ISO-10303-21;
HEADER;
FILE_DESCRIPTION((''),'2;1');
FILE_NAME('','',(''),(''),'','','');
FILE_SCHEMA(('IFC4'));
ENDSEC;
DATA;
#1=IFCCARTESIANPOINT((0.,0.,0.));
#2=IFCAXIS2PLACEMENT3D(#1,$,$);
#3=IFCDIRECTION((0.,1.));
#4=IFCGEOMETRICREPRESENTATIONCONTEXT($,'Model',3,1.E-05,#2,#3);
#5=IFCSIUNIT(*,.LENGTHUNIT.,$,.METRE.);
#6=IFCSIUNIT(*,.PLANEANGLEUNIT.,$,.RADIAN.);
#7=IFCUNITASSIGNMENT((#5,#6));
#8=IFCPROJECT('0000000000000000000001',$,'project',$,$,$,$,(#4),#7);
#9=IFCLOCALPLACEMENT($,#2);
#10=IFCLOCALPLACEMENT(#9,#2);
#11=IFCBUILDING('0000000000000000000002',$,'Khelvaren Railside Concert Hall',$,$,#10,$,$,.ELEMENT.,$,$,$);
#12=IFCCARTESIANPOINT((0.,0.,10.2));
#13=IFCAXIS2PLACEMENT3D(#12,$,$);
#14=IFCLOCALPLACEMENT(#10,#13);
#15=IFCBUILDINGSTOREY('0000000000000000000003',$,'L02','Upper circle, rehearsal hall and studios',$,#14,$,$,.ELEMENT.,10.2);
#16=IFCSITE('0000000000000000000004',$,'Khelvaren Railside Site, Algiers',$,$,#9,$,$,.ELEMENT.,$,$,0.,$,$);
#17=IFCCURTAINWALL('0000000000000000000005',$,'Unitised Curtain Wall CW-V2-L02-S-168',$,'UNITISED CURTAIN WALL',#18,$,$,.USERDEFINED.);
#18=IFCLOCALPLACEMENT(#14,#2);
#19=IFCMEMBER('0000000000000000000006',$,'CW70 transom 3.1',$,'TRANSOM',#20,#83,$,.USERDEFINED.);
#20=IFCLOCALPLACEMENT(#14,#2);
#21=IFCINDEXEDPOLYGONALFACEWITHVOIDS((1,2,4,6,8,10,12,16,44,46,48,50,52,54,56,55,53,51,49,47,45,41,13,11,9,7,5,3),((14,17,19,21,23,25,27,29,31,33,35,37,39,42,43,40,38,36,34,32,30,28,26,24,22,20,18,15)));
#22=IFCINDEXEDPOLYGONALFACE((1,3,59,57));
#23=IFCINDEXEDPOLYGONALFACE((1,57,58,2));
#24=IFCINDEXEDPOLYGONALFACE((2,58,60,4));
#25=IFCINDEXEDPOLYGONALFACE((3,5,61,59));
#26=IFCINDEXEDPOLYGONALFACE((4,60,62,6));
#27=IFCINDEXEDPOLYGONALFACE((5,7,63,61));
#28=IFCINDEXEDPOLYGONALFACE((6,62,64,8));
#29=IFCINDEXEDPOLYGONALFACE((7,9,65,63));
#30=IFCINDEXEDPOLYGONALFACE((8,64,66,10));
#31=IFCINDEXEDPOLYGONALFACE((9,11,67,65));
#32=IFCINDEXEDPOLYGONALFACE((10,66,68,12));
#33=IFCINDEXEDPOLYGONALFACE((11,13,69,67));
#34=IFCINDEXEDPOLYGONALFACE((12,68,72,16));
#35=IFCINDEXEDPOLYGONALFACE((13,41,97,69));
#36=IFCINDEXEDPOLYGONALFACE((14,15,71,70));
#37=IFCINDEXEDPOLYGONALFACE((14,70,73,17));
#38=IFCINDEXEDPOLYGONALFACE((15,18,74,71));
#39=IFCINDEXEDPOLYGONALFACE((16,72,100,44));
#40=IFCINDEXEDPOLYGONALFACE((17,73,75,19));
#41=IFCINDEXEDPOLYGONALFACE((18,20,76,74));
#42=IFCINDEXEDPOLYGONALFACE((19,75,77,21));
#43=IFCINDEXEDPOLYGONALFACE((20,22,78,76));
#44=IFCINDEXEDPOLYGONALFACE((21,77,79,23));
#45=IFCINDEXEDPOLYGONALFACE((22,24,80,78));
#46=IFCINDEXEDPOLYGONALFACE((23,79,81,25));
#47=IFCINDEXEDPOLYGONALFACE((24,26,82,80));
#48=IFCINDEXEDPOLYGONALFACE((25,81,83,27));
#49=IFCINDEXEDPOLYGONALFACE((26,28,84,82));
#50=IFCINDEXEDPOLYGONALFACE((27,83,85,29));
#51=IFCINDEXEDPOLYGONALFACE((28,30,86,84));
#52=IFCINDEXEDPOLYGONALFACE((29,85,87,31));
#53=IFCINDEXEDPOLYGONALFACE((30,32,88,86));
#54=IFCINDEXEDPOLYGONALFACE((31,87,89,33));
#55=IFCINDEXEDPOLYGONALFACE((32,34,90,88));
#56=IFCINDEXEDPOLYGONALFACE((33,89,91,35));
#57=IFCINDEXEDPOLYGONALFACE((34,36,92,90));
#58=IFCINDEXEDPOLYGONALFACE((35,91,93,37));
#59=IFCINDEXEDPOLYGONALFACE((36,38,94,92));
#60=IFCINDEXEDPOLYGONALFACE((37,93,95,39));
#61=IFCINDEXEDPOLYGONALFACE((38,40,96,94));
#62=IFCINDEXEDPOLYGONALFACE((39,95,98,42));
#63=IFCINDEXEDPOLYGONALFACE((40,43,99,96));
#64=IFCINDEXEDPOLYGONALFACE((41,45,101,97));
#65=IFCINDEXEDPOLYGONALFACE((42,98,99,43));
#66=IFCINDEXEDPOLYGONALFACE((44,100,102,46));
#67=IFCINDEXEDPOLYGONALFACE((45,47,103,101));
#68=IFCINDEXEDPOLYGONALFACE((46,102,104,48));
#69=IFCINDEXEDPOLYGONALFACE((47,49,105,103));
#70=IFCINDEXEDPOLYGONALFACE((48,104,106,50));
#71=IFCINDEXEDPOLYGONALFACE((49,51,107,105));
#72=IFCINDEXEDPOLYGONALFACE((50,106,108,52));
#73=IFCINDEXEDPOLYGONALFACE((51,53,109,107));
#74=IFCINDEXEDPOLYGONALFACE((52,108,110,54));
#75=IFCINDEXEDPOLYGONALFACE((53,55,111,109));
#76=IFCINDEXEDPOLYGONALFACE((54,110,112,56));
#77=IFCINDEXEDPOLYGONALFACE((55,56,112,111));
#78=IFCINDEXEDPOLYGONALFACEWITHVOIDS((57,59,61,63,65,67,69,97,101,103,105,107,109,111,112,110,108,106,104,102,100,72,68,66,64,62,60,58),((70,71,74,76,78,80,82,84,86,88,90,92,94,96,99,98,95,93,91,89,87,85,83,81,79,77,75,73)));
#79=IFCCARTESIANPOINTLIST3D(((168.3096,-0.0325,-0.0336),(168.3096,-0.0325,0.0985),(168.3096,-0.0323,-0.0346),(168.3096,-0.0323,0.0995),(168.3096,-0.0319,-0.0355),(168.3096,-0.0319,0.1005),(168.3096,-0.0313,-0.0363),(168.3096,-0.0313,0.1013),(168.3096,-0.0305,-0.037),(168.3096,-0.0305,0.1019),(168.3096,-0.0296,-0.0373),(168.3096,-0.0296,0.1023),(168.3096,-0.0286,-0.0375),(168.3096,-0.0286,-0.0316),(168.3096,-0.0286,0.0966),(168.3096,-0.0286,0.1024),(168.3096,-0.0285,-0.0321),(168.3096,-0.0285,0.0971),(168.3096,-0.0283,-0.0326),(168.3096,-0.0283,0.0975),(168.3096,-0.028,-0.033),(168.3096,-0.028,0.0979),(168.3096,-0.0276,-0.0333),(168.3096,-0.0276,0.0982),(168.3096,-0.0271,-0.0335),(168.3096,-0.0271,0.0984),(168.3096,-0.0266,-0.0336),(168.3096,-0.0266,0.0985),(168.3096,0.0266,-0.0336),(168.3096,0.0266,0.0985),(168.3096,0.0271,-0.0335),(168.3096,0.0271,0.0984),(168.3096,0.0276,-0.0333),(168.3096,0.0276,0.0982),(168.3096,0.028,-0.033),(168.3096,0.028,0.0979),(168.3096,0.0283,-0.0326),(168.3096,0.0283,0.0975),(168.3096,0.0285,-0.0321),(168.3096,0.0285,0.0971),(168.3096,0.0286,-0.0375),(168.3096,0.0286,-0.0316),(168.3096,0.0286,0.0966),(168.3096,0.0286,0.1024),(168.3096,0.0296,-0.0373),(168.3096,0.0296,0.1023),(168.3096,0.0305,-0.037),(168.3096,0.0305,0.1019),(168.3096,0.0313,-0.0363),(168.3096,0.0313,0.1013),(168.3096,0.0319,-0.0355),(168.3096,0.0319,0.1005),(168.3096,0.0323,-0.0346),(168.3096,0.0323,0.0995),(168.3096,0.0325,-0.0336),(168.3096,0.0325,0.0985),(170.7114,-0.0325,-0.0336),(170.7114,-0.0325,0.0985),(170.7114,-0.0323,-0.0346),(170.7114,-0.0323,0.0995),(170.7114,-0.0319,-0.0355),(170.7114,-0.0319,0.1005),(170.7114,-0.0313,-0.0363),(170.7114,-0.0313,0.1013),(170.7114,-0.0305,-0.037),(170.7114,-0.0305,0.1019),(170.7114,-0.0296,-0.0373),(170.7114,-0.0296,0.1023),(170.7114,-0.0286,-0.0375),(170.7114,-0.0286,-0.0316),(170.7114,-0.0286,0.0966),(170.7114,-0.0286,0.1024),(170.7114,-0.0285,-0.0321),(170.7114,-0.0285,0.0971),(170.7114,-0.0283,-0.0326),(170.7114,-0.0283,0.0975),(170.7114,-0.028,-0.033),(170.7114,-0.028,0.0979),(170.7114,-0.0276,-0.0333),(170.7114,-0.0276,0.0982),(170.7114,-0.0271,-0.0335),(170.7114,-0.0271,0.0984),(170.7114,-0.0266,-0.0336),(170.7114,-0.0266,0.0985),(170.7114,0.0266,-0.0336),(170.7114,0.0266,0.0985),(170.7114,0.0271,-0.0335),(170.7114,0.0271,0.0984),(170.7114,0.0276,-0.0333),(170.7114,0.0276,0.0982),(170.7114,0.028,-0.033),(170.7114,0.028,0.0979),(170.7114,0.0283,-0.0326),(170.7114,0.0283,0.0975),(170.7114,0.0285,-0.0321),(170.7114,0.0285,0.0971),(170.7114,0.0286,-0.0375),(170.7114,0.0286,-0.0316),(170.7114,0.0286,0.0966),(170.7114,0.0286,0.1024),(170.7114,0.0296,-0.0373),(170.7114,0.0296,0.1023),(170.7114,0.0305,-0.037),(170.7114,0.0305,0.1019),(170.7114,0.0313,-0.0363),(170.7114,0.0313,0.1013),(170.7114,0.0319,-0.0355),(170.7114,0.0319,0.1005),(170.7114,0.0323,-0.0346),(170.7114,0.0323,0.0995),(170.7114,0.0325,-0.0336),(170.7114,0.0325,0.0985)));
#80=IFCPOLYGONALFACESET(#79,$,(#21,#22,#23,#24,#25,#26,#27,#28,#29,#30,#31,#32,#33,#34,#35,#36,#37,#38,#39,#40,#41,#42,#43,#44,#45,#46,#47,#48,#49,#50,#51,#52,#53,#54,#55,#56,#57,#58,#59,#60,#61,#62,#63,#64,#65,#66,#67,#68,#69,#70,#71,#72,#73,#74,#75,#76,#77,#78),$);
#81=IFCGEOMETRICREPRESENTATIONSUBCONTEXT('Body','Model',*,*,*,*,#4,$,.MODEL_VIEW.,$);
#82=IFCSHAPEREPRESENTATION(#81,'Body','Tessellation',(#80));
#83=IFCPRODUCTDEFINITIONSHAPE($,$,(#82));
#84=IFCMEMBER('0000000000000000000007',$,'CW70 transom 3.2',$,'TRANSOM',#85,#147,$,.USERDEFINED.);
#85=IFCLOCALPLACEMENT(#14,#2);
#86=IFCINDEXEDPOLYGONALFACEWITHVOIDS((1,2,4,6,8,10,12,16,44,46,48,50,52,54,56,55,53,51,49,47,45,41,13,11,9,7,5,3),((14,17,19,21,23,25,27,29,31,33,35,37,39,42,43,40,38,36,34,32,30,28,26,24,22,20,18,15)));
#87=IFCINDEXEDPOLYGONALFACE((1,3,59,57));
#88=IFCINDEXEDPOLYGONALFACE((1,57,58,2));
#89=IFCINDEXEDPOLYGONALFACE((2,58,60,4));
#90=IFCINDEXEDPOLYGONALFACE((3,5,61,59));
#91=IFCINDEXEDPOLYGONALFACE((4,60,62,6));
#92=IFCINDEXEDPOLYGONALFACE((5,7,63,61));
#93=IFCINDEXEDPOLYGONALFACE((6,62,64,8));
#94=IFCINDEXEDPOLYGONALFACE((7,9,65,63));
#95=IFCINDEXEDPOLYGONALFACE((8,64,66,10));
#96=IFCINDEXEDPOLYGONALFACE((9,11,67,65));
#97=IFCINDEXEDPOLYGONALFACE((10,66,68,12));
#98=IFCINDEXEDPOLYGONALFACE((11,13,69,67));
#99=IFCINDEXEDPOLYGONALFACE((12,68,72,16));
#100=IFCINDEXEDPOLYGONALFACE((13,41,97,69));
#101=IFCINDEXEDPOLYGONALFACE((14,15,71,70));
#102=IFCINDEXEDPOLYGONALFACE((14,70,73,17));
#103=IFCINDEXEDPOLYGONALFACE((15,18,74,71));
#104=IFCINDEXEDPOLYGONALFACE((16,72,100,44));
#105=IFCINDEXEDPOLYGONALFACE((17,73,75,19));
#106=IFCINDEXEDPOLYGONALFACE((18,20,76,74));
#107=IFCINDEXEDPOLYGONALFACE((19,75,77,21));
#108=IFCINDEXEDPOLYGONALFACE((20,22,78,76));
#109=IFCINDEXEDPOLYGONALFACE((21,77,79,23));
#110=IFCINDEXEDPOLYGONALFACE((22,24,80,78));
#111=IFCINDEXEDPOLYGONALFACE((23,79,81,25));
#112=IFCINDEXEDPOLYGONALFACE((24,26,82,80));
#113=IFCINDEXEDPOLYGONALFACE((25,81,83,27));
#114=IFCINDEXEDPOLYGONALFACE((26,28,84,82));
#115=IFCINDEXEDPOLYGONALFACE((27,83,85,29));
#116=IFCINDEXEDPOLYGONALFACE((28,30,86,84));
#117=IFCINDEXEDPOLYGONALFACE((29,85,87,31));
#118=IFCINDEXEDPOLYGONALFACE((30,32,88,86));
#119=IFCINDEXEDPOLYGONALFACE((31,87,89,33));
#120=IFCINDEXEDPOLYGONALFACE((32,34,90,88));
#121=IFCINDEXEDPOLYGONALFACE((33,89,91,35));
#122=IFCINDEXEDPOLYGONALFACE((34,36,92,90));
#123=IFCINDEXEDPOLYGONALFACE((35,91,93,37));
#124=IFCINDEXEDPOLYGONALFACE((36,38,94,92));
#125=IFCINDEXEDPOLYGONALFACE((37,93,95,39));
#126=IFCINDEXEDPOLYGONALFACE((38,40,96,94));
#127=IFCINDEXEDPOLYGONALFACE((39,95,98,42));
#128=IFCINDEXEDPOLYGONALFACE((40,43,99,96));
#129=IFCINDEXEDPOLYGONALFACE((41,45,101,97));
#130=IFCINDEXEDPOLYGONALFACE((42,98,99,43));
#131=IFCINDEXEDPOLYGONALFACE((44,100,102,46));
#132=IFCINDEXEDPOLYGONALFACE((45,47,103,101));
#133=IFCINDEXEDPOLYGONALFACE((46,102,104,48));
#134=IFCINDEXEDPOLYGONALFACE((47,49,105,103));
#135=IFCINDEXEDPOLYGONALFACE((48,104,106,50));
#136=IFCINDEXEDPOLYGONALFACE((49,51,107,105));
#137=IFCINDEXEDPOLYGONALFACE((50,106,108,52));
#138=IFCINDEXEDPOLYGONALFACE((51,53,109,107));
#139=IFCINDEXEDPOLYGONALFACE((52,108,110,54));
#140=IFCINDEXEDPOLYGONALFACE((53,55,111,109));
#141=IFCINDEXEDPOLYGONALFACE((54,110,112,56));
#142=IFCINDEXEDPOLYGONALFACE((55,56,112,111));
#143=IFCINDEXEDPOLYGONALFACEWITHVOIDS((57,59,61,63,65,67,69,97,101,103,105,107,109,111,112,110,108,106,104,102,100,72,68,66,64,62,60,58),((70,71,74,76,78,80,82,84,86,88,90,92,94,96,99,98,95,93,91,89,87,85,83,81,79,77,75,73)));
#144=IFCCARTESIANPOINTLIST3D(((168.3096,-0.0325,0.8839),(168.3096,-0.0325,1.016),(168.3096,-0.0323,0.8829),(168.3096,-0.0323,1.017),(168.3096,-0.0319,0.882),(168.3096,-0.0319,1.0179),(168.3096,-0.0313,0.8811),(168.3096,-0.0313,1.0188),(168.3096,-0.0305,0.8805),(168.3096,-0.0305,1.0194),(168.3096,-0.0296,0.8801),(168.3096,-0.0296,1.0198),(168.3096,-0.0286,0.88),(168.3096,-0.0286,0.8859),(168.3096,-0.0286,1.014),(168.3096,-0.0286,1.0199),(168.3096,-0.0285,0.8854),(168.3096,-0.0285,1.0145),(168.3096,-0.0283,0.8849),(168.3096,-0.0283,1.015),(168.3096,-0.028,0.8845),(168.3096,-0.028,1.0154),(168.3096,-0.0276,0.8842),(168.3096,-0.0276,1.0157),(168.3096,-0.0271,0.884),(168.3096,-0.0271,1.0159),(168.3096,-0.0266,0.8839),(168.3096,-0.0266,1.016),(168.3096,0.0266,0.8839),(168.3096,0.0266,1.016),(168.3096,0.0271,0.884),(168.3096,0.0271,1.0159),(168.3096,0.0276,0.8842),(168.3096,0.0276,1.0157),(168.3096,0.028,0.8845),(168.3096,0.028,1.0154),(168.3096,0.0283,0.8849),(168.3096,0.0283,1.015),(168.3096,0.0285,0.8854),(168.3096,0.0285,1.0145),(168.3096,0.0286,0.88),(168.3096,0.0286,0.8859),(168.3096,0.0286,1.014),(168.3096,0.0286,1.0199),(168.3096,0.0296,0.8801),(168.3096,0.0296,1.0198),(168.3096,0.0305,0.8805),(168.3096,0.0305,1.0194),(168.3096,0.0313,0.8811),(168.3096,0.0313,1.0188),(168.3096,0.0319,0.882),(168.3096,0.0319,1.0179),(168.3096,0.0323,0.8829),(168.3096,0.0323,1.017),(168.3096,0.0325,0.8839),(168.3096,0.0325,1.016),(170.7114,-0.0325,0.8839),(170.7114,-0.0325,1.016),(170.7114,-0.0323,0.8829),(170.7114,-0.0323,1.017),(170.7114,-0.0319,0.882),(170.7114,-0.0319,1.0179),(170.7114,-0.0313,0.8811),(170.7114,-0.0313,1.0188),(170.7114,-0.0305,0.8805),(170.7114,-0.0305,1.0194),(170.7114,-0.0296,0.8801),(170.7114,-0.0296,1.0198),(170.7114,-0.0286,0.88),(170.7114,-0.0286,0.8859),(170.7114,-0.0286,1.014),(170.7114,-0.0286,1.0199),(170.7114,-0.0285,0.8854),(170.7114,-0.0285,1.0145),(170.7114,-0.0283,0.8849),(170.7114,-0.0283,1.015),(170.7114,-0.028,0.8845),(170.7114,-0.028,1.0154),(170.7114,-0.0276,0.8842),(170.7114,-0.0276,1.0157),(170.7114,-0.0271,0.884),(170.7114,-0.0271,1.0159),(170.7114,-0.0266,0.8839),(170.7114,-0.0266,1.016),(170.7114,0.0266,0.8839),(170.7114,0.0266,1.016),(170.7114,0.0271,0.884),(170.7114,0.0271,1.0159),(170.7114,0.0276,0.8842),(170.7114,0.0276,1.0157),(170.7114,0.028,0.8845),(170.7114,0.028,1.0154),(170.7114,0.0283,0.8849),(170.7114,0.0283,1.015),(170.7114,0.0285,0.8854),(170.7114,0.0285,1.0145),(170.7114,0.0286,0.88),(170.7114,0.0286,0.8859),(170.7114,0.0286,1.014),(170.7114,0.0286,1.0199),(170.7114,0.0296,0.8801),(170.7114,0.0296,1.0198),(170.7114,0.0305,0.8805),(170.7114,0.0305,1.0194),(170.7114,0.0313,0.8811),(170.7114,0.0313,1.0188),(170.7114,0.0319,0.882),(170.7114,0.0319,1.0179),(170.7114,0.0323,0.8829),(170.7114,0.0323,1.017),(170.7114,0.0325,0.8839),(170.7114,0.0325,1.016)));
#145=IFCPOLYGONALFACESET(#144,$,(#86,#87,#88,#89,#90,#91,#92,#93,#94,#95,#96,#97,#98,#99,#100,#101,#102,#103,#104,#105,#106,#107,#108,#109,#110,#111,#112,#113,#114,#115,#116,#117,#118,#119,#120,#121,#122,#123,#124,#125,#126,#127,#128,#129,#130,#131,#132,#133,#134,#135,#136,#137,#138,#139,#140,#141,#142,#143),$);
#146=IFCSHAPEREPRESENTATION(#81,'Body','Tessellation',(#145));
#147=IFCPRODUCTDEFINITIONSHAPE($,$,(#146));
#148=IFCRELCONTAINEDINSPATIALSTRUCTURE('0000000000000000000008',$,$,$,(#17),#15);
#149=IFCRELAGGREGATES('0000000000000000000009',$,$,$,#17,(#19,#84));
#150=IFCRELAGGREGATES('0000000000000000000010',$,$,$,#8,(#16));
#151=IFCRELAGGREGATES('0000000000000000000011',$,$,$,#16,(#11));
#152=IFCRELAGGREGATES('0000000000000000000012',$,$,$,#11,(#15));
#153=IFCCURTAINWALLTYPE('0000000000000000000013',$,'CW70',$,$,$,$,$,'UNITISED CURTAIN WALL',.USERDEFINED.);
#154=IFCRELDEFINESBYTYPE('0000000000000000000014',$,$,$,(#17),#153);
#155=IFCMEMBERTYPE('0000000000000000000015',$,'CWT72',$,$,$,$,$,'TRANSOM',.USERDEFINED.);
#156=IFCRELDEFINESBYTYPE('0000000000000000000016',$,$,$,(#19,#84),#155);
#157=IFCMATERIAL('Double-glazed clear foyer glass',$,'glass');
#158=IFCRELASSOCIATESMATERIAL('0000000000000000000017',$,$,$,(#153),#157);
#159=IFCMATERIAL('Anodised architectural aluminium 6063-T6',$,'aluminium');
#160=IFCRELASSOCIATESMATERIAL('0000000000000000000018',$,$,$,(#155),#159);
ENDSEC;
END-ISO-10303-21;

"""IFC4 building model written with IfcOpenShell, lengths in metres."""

from ifc_helpers import new_model, si_unit, direction, frame, origin, origin_2d, place, context, subcontext, project, spatial, hollow_rectangle, extrude, material, material_profile, profile_set, type_object, element, aggregate, save


model = new_model("IFC4")

# Units and contexts
model_context = context("Model", 3, precision=1e-05, world=origin(), true_north=direction((0.0, 1.0)))
body_context = subcontext(model_context, "Body", "Model", "MODEL_VIEW")
ifc_project = project(units=[si_unit("LENGTHUNIT", "METRE"), si_unit("PLANEANGLEUNIT", "RADIAN")], contexts=[model_context])

# Site, building, storey
site_placement = place(None, origin())
site = spatial("IfcSite", under=ifc_project, at=site_placement, Name="Khelvaren Railside Site, Algiers", CompositionType="ELEMENT", RefElevation=0.0)
building_placement = place(site_placement, origin())
building = spatial("IfcBuilding", under=site, at=building_placement, Name="Khelvaren Railside Concert Hall", CompositionType="ELEMENT")
storey_placement = place(building_placement, frame((0.0, 0.0, 10.2)))
storey = spatial("IfcBuildingStorey", under=building, at=storey_placement, Name="L02", Description="Upper circle, rehearsal hall and studios", CompositionType="ELEMENT", Elevation=10.2)

# Shared definitions
ifc_material_1 = material(Name="Double-glazed clear foyer glass", Category="glass")
ifc_material_2 = material(Name="Anodised architectural aluminium 6063-T6", Category="aluminium")

# Curtain wall
curtain_wall_type_1 = type_object("IfcCurtainWallType", Name="CW70", ElementType="UNITISED CURTAIN WALL", PredefinedType="USERDEFINED", material=ifc_material_1)
curtain_wall_1_placement = place(storey_placement, origin())
curtain_wall_1 = element("IfcCurtainWall", 1, at=curtain_wall_1_placement, inside=storey, type_object=curtain_wall_type_1, Name="Unitised Curtain Wall CW-V2-L02-S-168", ObjectType="UNITISED CURTAIN WALL", PredefinedType="USERDEFINED")

# Members
ifc_material_profile_1 = material_profile(ifc_material_2, hollow_rectangle(XDim=0.0649, YDim=0.1399, WallThickness=0.0039, InnerFilletRadius=0.002, OuterFilletRadius=0.0039, at=origin_2d()), Name="CWT 65x140x4")
ifc_profile_set_1 = profile_set([ifc_material_profile_1], Name="Anodised architectural aluminium 6063-T6")
member_type_1 = type_object("IfcMemberType", Name="CWT72", ElementType="TRANSOM", PredefinedType="USERDEFINED", material=ifc_profile_set_1)
member_1_placement = place(storey_placement, frame((170.7114, 0.0, 0.0325), z_axis=(-1.0, 0.0, 0.0), x_axis=(0.0, -1.0, 0.0)))
member_1 = element("IfcMember", 2, at=member_1_placement, type_object=member_type_1, Name="CW70 transom 3.1", ObjectType="TRANSOM", PredefinedType="USERDEFINED", context=body_context, shape_type="SweptSolid", body=[
    extrude(hollow_rectangle(XDim=0.0649, YDim=0.1399, WallThickness=0.0039, InnerFilletRadius=0.002, OuterFilletRadius=0.0039, at=origin_2d()), origin(), (0.0, 0.0, 1.0), 2.4019),
])
member_2_placement = place(storey_placement, frame((170.7114, 0.0, 0.95), z_axis=(-1.0, 0.0, 0.0), x_axis=(0.0, -1.0, 0.0)))
member_2 = element("IfcMember", 3, at=member_2_placement, type_object=member_type_1, Name="CW70 transom 3.2", ObjectType="TRANSOM", PredefinedType="USERDEFINED", context=body_context, shape_type="SweptSolid", body=[
    extrude(hollow_rectangle(XDim=0.0649, YDim=0.1399, WallThickness=0.0039, InnerFilletRadius=0.002, OuterFilletRadius=0.0039, at=origin_2d()), origin(), (0.0, 0.0, 1.0), 2.4019),
])

aggregate(curtain_wall_1, [member_1, member_2])

save(model, "model.ifc")
